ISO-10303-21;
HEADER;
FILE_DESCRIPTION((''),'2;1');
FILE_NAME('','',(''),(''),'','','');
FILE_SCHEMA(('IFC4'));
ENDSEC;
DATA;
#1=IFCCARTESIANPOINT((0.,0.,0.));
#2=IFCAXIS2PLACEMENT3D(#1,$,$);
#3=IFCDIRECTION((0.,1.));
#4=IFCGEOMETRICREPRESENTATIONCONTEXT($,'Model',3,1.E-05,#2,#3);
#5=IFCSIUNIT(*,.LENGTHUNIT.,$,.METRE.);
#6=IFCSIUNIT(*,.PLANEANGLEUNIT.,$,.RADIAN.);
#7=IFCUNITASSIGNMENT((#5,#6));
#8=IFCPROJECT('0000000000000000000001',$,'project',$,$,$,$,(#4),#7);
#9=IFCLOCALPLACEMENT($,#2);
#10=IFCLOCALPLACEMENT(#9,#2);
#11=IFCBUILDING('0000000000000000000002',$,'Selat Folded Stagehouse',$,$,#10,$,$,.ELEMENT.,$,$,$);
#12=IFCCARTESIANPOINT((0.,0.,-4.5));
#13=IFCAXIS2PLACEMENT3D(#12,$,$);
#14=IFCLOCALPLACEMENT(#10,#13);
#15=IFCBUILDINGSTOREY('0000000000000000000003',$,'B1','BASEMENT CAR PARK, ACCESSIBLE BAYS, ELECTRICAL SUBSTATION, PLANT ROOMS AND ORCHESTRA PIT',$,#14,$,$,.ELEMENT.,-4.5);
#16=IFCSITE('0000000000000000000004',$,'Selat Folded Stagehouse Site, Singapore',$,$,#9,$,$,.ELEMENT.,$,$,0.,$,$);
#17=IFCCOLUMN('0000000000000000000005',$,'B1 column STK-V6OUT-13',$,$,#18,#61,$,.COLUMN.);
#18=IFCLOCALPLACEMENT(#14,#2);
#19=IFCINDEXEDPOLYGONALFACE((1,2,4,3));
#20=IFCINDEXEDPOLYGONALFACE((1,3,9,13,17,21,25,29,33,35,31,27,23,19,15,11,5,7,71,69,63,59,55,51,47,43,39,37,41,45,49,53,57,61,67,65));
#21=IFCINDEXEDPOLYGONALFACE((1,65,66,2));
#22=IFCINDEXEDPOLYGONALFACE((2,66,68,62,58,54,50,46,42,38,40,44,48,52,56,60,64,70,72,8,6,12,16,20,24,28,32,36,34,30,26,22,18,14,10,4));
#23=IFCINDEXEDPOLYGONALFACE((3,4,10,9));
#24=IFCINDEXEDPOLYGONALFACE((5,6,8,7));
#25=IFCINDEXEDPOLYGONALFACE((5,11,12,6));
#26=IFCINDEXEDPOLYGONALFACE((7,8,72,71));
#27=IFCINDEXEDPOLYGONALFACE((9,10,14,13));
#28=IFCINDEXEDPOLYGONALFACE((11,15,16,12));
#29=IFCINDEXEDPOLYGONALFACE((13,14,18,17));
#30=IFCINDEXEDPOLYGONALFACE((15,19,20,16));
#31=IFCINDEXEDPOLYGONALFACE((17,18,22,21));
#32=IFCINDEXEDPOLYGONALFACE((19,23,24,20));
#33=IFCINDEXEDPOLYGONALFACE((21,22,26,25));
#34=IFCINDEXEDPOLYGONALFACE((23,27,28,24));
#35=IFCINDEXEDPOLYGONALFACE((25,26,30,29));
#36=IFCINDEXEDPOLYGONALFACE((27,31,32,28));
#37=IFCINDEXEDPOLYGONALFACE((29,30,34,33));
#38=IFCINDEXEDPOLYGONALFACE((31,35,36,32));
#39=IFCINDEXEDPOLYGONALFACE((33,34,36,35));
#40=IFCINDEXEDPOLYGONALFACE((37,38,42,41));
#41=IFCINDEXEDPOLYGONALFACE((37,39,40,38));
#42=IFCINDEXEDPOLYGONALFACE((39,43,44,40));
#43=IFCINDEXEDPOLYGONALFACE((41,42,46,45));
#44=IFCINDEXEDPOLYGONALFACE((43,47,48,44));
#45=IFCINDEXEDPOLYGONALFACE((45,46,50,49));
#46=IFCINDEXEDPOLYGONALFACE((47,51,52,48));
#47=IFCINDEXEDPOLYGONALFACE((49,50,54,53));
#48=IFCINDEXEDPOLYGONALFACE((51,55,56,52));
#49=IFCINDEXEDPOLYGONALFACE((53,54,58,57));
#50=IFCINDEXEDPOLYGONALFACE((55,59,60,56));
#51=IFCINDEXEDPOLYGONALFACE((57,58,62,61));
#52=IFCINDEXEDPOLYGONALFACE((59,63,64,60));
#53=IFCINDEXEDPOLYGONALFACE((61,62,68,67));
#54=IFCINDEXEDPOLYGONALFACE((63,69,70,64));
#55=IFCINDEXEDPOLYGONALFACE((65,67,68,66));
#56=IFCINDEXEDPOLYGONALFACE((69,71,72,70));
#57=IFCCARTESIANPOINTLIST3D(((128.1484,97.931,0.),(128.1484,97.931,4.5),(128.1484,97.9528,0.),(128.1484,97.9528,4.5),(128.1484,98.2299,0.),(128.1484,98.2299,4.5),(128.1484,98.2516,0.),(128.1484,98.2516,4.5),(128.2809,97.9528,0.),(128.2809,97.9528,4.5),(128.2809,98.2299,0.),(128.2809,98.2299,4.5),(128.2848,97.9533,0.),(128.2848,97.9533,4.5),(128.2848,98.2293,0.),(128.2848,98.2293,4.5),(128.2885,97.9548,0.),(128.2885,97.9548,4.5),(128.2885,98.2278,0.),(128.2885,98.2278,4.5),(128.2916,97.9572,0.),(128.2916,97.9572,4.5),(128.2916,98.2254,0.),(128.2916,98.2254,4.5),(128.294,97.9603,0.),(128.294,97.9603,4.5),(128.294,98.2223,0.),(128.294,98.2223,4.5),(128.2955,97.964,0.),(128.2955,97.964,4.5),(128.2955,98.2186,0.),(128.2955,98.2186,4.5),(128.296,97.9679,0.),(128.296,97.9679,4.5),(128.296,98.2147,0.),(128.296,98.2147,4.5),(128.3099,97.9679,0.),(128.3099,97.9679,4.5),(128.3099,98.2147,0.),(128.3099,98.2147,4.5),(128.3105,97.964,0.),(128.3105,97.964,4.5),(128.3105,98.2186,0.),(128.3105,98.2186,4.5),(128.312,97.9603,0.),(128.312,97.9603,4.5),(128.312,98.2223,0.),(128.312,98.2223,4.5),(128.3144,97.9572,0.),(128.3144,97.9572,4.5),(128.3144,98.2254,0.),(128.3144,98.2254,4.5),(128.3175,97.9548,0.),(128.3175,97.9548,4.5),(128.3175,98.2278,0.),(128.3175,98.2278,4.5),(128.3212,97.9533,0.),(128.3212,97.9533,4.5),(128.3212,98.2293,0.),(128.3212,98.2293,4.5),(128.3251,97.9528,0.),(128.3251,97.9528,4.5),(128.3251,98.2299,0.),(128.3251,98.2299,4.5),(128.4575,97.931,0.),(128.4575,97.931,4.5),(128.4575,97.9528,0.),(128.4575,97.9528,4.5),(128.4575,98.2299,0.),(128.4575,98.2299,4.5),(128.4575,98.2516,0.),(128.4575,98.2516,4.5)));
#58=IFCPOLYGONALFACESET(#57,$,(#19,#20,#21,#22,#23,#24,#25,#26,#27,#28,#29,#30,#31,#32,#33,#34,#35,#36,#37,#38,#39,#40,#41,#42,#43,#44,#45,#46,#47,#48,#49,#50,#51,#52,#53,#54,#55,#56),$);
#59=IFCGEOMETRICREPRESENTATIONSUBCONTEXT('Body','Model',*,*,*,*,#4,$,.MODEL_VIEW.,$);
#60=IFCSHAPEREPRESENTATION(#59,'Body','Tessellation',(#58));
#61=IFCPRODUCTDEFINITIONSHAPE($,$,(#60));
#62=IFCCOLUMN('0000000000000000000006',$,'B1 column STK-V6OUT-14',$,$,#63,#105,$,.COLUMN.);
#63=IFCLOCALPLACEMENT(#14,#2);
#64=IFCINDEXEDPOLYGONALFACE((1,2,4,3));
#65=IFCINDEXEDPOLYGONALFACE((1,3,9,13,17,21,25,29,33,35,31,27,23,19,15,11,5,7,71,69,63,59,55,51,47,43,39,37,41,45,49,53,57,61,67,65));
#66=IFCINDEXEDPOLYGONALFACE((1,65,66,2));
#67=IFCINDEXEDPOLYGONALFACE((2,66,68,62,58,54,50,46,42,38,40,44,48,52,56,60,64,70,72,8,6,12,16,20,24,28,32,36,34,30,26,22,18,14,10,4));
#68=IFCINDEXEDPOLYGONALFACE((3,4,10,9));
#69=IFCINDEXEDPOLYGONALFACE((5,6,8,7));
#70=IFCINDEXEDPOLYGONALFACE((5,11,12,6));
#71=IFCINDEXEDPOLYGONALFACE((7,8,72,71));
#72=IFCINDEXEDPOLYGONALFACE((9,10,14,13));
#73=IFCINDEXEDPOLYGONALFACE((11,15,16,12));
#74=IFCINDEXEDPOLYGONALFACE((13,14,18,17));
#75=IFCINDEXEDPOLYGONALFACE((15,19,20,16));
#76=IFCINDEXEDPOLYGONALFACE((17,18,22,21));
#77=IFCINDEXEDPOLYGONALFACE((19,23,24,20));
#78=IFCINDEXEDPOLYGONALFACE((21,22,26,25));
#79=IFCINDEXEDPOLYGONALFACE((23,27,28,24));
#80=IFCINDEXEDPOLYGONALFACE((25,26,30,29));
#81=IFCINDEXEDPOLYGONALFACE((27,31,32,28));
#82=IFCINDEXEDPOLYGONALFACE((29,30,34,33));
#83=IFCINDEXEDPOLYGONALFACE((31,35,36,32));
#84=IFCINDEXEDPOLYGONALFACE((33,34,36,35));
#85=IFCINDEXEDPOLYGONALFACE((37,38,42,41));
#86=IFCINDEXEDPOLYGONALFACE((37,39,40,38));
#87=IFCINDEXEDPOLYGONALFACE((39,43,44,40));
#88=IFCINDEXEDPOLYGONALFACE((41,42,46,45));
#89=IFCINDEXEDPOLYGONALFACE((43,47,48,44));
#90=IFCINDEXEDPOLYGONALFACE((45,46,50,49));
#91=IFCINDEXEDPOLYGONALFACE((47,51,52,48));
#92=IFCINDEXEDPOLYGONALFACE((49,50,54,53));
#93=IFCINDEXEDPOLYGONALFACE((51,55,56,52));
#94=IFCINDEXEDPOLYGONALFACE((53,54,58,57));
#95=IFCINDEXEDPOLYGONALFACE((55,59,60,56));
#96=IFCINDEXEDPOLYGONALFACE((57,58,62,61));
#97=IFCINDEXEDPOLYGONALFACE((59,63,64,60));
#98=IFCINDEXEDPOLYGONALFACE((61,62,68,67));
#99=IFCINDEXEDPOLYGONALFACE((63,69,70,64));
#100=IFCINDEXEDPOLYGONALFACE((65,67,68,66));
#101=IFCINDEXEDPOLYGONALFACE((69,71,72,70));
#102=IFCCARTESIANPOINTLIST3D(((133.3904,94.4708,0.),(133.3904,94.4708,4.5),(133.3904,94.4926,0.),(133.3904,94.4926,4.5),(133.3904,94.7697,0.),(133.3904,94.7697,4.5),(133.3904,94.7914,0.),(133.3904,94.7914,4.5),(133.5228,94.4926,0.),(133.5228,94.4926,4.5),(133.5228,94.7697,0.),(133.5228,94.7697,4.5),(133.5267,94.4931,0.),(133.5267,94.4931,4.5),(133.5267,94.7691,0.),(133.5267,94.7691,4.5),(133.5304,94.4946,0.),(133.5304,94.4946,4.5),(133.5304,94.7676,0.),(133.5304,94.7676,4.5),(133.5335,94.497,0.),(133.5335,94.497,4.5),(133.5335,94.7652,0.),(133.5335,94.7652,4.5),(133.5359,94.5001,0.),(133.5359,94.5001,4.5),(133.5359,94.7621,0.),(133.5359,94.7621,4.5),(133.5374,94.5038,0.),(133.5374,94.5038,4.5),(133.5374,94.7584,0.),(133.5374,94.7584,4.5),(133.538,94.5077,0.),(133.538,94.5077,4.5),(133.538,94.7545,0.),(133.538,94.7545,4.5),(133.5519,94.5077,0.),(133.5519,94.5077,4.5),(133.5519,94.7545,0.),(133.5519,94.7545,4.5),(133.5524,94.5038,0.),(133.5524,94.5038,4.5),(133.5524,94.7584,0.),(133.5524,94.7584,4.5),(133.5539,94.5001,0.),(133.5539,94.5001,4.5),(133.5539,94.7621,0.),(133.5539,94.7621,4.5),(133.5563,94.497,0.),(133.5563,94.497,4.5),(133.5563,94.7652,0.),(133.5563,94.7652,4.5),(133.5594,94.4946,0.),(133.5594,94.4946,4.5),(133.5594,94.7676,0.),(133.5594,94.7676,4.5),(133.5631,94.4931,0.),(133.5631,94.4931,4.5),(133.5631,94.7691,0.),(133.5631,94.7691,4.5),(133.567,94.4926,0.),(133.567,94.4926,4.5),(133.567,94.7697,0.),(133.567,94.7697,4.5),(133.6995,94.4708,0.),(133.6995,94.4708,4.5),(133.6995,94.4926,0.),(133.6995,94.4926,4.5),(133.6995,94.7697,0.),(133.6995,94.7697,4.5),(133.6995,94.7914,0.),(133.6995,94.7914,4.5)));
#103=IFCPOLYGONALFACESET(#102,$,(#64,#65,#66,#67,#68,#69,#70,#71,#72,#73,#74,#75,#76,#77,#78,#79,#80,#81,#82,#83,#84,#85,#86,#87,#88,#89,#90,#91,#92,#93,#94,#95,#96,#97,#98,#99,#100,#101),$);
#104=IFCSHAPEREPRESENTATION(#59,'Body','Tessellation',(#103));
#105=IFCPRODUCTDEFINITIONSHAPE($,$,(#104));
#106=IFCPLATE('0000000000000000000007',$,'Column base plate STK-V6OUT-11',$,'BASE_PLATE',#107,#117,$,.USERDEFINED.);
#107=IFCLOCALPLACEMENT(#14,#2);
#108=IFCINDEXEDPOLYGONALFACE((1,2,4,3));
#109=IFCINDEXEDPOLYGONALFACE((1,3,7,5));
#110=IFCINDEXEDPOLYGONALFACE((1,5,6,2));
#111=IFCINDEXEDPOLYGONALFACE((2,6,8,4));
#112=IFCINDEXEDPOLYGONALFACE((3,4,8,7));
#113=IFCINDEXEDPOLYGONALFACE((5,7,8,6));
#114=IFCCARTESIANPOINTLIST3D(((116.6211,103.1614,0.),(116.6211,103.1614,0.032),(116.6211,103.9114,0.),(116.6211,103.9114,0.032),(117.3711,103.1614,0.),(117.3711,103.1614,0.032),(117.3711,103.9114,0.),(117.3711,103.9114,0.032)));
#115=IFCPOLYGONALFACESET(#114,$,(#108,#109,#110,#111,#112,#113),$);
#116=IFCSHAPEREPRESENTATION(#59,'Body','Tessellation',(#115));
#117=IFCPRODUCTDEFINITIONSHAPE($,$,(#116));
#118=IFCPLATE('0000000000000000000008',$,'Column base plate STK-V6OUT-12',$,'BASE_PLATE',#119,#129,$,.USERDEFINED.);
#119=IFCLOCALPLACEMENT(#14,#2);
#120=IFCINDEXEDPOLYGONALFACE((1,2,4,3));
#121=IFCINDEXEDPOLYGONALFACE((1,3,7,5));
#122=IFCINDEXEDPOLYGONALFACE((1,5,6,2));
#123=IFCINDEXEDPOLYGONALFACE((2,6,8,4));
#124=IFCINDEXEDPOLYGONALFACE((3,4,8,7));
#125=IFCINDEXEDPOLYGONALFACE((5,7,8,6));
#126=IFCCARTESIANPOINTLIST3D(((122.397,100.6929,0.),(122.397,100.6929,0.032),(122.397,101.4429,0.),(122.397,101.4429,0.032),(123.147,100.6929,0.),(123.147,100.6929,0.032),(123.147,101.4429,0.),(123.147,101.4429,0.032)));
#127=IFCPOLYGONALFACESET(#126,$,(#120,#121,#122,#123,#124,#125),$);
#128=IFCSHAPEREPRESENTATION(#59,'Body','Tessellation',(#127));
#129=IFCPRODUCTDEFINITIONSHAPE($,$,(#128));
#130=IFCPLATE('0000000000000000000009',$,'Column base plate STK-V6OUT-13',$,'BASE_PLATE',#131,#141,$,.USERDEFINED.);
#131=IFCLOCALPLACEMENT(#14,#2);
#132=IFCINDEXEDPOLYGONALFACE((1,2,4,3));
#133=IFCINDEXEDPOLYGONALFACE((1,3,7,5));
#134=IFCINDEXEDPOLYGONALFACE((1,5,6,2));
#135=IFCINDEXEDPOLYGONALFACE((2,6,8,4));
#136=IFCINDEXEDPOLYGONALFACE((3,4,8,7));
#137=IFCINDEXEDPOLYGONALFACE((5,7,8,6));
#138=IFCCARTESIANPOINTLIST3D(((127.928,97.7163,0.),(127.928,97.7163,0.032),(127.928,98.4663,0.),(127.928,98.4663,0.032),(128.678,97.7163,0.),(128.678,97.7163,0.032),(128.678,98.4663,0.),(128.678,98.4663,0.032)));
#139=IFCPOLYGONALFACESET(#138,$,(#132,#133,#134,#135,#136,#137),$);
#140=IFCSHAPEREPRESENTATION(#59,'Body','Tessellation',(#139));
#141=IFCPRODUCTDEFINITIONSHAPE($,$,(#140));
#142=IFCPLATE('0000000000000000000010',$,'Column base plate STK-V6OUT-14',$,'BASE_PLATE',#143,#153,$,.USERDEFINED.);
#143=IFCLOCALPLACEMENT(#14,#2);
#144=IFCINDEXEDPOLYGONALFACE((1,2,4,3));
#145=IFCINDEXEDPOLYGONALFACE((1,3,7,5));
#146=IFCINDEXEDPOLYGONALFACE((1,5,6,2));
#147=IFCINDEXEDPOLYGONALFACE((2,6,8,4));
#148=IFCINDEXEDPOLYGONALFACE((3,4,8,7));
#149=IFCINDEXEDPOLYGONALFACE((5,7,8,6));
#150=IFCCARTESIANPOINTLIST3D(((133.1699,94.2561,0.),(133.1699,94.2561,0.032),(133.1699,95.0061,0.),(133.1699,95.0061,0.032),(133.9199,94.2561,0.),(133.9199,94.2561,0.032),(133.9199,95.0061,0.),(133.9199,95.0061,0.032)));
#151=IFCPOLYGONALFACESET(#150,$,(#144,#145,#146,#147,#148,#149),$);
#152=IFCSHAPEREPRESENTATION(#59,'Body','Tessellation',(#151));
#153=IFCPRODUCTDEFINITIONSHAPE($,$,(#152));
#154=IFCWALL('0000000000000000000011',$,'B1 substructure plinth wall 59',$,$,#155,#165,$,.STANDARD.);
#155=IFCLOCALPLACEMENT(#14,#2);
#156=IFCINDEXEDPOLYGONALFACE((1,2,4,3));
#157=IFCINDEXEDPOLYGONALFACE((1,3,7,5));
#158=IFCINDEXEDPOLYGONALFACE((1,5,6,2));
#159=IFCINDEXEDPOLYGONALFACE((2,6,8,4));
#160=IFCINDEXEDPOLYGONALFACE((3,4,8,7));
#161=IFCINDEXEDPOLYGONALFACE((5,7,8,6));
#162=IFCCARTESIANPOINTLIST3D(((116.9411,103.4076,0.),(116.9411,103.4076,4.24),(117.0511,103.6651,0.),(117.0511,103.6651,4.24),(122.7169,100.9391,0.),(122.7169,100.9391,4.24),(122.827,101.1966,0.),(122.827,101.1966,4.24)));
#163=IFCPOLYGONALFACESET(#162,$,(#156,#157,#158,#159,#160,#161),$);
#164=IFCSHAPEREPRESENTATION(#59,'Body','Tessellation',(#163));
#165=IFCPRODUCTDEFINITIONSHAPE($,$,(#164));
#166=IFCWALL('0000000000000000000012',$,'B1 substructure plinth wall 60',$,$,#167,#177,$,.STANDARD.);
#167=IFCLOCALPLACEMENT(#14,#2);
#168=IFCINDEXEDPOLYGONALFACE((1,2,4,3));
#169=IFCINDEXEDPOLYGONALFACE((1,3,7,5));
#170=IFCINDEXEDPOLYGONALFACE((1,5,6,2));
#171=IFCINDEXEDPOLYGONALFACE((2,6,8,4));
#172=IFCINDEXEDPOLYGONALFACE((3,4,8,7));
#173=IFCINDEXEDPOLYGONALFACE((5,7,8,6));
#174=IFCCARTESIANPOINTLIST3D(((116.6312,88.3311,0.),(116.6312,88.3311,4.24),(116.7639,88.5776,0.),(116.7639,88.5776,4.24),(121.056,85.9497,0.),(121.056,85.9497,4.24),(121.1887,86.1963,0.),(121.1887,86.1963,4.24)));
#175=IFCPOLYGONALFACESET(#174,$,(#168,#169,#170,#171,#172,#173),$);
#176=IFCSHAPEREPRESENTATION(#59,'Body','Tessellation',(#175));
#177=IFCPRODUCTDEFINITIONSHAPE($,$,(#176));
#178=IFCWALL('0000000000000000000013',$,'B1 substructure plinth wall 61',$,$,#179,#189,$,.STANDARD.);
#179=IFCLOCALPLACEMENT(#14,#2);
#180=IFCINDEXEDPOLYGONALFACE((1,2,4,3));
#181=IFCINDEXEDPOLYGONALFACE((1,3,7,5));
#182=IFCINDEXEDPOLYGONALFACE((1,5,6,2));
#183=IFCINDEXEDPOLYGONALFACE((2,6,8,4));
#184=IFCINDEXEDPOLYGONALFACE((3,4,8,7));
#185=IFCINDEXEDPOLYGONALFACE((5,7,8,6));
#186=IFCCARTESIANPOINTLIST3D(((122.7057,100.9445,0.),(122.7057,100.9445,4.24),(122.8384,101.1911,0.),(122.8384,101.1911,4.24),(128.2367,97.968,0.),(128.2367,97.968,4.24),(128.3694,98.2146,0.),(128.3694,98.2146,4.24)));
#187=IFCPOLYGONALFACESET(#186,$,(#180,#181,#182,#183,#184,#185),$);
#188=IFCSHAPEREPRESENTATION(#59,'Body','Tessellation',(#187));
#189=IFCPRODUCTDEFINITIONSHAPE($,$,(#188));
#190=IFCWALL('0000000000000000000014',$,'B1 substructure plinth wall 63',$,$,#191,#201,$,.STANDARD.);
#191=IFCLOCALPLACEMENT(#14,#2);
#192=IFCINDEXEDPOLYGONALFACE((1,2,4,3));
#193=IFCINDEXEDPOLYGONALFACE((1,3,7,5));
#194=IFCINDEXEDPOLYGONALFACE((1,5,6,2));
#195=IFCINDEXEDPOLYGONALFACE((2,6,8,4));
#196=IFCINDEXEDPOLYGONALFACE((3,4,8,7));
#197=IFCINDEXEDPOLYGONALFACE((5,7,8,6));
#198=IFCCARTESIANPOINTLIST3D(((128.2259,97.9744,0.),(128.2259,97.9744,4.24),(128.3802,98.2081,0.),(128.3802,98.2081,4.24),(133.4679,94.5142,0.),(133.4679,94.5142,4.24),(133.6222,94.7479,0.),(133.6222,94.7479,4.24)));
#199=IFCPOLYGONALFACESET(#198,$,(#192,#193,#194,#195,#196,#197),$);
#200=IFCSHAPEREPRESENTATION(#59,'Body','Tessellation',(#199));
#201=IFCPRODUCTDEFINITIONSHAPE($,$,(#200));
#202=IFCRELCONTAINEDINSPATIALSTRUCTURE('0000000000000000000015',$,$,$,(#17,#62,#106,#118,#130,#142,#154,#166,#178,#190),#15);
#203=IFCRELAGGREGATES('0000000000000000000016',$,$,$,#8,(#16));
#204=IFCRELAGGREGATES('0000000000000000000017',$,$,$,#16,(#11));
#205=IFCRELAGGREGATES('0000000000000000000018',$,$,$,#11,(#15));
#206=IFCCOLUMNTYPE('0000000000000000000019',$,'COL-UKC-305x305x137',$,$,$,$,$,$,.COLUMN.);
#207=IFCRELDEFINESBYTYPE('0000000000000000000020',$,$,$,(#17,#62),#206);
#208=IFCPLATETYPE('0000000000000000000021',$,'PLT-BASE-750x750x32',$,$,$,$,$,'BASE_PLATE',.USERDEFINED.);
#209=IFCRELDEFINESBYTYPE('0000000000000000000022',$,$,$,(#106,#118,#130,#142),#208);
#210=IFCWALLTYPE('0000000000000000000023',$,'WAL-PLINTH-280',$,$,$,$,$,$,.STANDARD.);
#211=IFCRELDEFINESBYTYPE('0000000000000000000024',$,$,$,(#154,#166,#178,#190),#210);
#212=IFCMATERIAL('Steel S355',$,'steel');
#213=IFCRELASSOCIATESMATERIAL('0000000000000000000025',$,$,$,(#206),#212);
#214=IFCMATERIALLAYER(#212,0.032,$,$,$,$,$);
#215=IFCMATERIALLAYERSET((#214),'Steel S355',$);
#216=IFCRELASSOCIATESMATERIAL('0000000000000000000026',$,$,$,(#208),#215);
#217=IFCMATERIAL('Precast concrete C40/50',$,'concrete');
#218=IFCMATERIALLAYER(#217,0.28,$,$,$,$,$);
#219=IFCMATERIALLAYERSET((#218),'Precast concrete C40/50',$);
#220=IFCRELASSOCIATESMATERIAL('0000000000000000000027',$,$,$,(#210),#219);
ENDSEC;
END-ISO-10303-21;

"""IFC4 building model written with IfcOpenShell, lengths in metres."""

from ifc_helpers import new_model, si_unit, direction, frame, frame_2d, origin, origin_2d, place, context, subcontext, project, spatial, rectangle, i_section, extrude, material, layer, layer_set, material_profile, profile_set, type_object, element, save


model = new_model("IFC4")

# Units and contexts
model_context = context("Model", 3, precision=1e-05, world=origin(), true_north=direction((0.0, 1.0)))
body_context = subcontext(model_context, "Body", "Model", "MODEL_VIEW")
ifc_project = project(units=[si_unit("LENGTHUNIT", "METRE"), si_unit("PLANEANGLEUNIT", "RADIAN")], contexts=[model_context])

# Site, building, storey
site_placement = place(None, origin())
site = spatial("IfcSite", under=ifc_project, at=site_placement, Name="Selat Folded Stagehouse Site, Singapore", CompositionType="ELEMENT", RefElevation=0.0)
building_placement = place(site_placement, origin())
building = spatial("IfcBuilding", under=site, at=building_placement, Name="Selat Folded Stagehouse", CompositionType="ELEMENT")
storey_placement = place(building_placement, frame((0.0, 0.0, -4.5)))
storey = spatial("IfcBuildingStorey", under=building, at=storey_placement, Name="B1", Description="BASEMENT CAR PARK, ACCESSIBLE BAYS, ELECTRICAL SUBSTATION, PLANT ROOMS AND ORCHESTRA PIT", CompositionType="ELEMENT", Elevation=-4.5)

# Columns
ifc_material_1 = material(Name="Steel S355", Category="steel")
ifc_material_profile_1 = material_profile(ifc_material_1, i_section(OverallWidth=0.3091, OverallDepth=0.3206, WebThickness=0.0139, FlangeThickness=0.0217, FilletRadius=0.0151, at=origin_2d()), Name="UKC 305x305x137")
ifc_profile_set_1 = profile_set([ifc_material_profile_1], Name="Steel S355")
column_type_1 = type_object("IfcColumnType", Name="COL-UKC-305x305x137", PredefinedType="COLUMN", material=ifc_profile_set_1)
for number, where, z_axis, x_axis, name in (
    (1, (128.303, 98.0913, 0.0), (0.0, 0.0, 1.0), (1.0, 0.0, 0.0), "B1 column STK-V6OUT-13"),
    (2, (133.5449, 94.6311, 0.0), (0.0, 0.0, 1.0), (1.0, 0.0, 0.0), "B1 column STK-V6OUT-14"),
):
    element("IfcColumn", number, at=place(storey_placement, frame(where, z_axis=z_axis, x_axis=x_axis)), inside=storey, type_object=column_type_1, Name=name, PredefinedType="COLUMN", context=body_context, shape_type="SweptSolid", body=[
        extrude(i_section(OverallWidth=0.3091, OverallDepth=0.3206, WebThickness=0.0139, FlangeThickness=0.0217, FilletRadius=0.0151, at=origin_2d()), origin(), (0.0, 0.0, 1.0), 4.5),
    ])

# Plates
ifc_layer_1 = layer(ifc_material_1, 0.032)
ifc_layer_set_1 = layer_set([ifc_layer_1], Name="Steel S355")
plate_type = type_object("IfcPlateType", Name="PLT-BASE-750x750x32", ElementType="BASE_PLATE", PredefinedType="USERDEFINED", material=ifc_layer_set_1)
for number, where, z_axis, x_axis, name in (
    (3, (116.9961, 103.5364, 0.0), (0.0, 0.0, 1.0), (1.0, 0.0, 0.0), "Column base plate STK-V6OUT-11"),
    (4, (122.772, 101.0679, 0.0), (0.0, 0.0, 1.0), (1.0, 0.0, 0.0), "Column base plate STK-V6OUT-12"),
    (5, (128.303, 98.0913, 0.0), (0.0, 0.0, 1.0), (1.0, 0.0, 0.0), "Column base plate STK-V6OUT-13"),
    (6, (133.5449, 94.6311, 0.0), (0.0, 0.0, 1.0), (1.0, 0.0, 0.0), "Column base plate STK-V6OUT-14"),
):
    element("IfcPlate", number, at=place(storey_placement, frame(where, z_axis=z_axis, x_axis=x_axis)), inside=storey, type_object=plate_type, Name=name, ObjectType="BASE_PLATE", PredefinedType="USERDEFINED", context=body_context, shape_type="SweptSolid", body=[
        extrude(rectangle(XDim=0.75, YDim=0.75, at=origin_2d()), origin(), (0.0, 0.0, 1.0), 0.032),
    ])

# Walls
ifc_material_2 = material(Name="Precast concrete C40/50", Category="concrete")
ifc_layer_2 = layer(ifc_material_2, 0.28)
ifc_layer_set_2 = layer_set([ifc_layer_2], Name="Precast concrete C40/50")
wall_type = type_object("IfcWallType", Name="WAL-PLINTH-280", PredefinedType="STANDARD", material=ifc_layer_set_2)
wall_1_placement = place(storey_placement, frame((116.9961, 103.5364, 0.0), z_axis=(0.0, 0.0, 1.0), x_axis=(0.919541, -0.392995, 0.0)))
element("IfcWall", 7, at=wall_1_placement, inside=storey, type_object=wall_type, Name="B1 substructure plinth wall 59", PredefinedType="STANDARD", context=body_context, shape_type="SweptSolid", body=[
    extrude(rectangle(XDim=6.2812, YDim=0.28, at=frame_2d((3.1406, 0.0))), origin(), (0.0, 0.0, 1.0), 4.24),
])
wall_2_placement = place(storey_placement, frame((116.6975, 88.4543, 0.0), z_axis=(0.0, 0.0, 1.0), x_axis=(0.880574, -0.473909, 0.0)))
element("IfcWall", 8, at=wall_2_placement, inside=storey, type_object=wall_type, Name="B1 substructure plinth wall 60", PredefinedType="STANDARD", context=body_context, shape_type="SweptSolid", body=[
    extrude(rectangle(XDim=5.0249, YDim=0.28, at=frame_2d((2.5125, 0.0))), origin(), (0.0, 0.0, 1.0), 4.24),
])
for number, where, z_axis, x_axis, name in (
    (9, (122.772, 101.0679, 0.0), (0.0, 0.0, 1.0), (0.880582, -0.473894, 0.0), "B1 substructure plinth wall 61"),
    (10, (128.303, 98.0913, 0.0), (0.0, 0.0, 1.0), (0.834571, -0.5509, 0.0), "B1 substructure plinth wall 63"),
):
    element("IfcWall", number, at=place(storey_placement, frame(where, z_axis=z_axis, x_axis=x_axis)), inside=storey, type_object=wall_type, Name=name, PredefinedType="STANDARD", context=body_context, shape_type="SweptSolid", body=[
        extrude(rectangle(XDim=6.281, YDim=0.28, at=frame_2d((3.1406, 0.0))), origin(), (0.0, 0.0, 1.0), 4.24),
    ])

save(model, "model.ifc")
